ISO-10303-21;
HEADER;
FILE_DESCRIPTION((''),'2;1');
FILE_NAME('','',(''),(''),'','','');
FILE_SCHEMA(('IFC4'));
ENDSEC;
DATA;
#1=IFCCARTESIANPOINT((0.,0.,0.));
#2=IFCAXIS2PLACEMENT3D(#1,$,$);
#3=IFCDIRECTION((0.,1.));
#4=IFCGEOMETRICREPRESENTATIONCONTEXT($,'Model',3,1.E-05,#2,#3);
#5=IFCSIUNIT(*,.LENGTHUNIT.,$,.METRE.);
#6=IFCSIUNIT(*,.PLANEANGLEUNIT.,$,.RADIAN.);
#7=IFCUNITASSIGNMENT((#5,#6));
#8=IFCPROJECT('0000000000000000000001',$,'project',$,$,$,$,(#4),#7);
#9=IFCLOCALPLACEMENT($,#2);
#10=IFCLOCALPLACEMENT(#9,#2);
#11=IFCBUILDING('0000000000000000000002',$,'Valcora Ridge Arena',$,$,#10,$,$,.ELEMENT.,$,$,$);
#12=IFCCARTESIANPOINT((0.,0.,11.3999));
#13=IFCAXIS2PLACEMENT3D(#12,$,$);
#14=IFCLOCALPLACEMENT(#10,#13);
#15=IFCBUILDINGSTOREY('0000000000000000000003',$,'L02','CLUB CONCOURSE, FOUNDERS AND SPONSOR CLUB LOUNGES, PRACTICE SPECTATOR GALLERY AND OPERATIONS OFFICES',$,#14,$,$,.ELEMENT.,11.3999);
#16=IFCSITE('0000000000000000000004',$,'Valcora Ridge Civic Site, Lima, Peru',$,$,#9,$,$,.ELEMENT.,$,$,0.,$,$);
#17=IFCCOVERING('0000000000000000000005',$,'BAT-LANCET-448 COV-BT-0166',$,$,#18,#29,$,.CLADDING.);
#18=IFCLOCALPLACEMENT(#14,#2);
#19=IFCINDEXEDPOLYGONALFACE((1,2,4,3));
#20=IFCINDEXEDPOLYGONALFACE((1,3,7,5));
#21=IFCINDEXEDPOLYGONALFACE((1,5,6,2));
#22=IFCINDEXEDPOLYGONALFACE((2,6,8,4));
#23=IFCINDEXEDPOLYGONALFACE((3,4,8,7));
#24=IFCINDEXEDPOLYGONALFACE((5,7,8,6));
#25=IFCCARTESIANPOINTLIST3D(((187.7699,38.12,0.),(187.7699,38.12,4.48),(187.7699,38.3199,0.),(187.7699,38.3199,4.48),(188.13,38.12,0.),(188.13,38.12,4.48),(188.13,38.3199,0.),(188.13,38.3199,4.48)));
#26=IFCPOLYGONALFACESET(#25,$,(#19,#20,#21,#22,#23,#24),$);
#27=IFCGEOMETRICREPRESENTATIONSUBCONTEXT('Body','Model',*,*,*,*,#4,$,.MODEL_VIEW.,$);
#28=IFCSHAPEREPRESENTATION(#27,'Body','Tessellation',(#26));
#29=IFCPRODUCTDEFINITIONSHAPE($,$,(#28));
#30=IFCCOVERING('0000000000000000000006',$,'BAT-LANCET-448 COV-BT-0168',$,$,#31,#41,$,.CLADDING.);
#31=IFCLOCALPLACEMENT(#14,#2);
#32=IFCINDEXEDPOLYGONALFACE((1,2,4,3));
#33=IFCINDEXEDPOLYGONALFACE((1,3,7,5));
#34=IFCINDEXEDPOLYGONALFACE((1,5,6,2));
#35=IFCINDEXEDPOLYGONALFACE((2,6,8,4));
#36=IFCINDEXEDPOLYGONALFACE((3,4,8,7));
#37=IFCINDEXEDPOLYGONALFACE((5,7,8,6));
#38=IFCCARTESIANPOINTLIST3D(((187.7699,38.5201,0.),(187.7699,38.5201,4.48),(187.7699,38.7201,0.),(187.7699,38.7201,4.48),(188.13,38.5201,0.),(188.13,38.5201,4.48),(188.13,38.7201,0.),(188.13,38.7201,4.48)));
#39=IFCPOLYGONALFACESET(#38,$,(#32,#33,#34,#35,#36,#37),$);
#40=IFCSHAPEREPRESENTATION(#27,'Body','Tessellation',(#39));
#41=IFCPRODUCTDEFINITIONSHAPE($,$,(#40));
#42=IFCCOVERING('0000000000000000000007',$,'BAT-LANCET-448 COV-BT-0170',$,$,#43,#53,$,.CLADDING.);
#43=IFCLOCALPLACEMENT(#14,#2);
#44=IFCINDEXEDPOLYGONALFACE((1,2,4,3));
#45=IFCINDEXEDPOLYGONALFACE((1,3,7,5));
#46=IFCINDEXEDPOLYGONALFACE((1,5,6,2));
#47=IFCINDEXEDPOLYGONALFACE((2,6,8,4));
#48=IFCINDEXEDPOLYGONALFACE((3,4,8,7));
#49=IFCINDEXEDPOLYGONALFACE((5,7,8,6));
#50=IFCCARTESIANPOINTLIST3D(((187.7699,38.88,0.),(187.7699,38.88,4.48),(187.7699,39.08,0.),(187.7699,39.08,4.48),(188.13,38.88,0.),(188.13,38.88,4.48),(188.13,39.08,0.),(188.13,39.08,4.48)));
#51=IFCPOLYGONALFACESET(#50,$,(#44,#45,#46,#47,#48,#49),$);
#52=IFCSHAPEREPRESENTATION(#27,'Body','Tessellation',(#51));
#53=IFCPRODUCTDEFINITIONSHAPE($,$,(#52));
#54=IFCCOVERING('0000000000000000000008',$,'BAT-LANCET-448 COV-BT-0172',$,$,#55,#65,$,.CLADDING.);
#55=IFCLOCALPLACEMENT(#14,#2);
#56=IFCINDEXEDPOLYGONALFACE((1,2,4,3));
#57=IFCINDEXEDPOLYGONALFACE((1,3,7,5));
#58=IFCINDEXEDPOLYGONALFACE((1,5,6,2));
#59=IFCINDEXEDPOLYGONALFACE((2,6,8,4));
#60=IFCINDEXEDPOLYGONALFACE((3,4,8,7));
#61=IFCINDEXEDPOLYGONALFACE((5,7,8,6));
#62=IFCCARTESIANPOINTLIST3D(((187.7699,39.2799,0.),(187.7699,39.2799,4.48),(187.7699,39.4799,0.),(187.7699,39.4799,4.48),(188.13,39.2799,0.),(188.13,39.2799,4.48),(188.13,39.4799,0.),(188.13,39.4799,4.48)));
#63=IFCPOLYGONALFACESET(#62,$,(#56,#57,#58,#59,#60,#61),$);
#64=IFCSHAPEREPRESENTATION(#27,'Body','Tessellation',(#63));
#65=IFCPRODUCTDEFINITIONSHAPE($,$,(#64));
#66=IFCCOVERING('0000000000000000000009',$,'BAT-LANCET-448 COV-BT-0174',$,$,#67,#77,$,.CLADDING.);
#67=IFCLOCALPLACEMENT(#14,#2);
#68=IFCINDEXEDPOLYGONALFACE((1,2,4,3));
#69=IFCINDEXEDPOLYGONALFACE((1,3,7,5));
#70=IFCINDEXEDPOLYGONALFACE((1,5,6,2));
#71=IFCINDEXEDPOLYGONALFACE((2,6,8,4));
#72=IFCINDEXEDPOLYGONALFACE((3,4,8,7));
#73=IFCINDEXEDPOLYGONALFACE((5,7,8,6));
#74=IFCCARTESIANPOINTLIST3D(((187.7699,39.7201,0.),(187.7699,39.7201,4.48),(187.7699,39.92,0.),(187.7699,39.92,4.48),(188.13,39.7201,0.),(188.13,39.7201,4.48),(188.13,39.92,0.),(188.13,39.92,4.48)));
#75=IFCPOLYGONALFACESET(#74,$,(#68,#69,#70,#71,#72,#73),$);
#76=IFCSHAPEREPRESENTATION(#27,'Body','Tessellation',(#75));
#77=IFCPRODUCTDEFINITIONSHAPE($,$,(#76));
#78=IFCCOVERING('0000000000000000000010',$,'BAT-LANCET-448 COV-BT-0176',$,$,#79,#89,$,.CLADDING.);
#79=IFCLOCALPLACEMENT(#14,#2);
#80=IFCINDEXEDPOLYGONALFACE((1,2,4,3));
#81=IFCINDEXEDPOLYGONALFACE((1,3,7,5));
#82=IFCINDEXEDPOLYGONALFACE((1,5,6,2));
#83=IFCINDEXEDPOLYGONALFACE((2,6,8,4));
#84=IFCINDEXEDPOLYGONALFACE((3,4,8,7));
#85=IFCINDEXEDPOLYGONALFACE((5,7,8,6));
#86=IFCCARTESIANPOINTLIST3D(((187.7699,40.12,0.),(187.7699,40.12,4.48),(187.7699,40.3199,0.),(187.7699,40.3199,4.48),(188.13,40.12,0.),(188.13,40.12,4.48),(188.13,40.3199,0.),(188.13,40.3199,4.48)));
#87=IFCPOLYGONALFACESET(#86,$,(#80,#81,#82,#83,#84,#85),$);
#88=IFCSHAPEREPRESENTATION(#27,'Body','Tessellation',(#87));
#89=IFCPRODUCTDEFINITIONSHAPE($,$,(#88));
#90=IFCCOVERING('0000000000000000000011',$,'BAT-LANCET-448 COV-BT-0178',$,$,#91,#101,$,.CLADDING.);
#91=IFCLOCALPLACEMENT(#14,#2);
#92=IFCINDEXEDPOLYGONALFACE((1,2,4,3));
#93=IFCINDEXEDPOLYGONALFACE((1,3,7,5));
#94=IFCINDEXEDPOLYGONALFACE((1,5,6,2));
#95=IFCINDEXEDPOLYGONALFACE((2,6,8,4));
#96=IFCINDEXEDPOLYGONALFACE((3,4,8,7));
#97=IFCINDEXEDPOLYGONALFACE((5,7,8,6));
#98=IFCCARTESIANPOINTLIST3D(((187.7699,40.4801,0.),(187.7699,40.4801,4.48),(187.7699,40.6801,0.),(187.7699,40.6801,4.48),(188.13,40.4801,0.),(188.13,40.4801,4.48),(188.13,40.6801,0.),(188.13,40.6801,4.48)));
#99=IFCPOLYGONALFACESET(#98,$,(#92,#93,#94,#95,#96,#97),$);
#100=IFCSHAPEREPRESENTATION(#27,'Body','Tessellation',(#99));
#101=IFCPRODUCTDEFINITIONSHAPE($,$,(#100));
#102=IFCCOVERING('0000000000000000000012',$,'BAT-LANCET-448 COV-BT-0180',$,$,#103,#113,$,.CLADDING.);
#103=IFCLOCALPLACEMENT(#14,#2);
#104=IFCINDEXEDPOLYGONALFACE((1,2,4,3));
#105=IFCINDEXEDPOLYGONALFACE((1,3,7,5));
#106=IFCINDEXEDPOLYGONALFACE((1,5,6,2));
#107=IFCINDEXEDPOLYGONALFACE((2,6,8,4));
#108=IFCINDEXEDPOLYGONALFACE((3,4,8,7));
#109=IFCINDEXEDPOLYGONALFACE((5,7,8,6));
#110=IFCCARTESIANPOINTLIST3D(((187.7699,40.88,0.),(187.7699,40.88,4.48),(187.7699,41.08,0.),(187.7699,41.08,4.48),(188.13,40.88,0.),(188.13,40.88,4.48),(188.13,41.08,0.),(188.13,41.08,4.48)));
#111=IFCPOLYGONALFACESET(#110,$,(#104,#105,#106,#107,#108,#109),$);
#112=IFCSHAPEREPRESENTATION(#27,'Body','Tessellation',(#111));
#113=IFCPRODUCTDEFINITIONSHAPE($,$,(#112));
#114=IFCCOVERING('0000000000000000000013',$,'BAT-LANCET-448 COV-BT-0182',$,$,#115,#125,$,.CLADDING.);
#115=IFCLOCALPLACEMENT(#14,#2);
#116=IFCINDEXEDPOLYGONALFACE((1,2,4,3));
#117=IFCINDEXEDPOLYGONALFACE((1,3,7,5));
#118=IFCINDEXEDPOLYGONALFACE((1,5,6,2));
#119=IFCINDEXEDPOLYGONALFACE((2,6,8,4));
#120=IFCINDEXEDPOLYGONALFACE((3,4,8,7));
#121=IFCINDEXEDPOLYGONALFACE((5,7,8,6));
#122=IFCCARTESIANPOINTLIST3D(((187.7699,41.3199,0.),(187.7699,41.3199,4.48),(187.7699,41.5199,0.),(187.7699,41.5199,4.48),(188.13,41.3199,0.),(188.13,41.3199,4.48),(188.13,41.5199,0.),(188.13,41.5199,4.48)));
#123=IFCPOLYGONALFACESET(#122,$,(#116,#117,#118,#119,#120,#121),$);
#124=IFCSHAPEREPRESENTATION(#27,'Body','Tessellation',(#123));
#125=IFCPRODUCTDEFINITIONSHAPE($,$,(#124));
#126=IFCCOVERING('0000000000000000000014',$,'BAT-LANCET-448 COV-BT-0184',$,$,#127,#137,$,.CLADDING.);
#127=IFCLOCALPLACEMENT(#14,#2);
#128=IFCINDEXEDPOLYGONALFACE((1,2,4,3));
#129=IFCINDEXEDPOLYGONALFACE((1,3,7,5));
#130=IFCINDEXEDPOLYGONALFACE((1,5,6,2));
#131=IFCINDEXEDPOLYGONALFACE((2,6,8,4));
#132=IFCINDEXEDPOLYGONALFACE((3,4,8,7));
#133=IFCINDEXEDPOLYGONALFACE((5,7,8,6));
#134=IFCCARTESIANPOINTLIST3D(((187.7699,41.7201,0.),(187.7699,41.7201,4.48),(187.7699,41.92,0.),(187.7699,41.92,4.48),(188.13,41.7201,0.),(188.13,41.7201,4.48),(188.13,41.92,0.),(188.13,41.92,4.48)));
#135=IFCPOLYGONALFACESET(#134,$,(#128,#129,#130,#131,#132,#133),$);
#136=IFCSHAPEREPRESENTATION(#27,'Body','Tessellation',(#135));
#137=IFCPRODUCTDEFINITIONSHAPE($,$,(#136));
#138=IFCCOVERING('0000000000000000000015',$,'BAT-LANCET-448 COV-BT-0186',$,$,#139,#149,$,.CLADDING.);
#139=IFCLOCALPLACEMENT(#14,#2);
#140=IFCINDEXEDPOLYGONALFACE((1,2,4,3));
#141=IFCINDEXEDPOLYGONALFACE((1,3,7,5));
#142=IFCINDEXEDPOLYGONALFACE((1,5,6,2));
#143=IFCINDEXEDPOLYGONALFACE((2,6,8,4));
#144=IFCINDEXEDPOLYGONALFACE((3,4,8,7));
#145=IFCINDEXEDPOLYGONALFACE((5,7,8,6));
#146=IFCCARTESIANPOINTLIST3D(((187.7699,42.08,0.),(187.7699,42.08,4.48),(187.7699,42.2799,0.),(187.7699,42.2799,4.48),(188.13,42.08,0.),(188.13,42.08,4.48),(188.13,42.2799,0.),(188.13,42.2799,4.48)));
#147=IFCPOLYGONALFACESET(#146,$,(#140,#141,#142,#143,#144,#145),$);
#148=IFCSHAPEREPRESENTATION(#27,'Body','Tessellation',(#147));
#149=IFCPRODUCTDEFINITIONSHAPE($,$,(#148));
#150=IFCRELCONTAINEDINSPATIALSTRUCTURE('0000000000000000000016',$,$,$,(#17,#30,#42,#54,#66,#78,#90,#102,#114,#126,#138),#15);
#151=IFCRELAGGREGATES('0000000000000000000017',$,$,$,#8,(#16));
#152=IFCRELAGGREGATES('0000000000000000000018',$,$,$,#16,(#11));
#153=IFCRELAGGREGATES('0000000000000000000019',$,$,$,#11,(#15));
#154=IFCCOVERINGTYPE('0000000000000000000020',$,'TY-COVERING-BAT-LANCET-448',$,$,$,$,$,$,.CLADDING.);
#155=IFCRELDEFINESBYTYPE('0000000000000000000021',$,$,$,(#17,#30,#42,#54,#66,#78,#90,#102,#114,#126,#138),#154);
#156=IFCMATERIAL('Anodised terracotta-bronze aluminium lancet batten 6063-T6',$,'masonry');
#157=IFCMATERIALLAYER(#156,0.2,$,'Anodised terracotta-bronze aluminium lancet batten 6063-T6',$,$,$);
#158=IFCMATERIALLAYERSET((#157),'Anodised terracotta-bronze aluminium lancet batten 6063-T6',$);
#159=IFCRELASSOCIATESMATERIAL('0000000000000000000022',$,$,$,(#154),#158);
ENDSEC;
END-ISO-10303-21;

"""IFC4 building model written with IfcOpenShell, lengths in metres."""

from ifc_helpers import new_model, si_unit, direction, frame, origin, origin_2d, place, context, subcontext, project, spatial, rectangle, extrude, material, layer, layer_set, type_object, element, save


model = new_model("IFC4")

# Units and contexts
model_context = context("Model", 3, precision=1e-05, world=origin(), true_north=direction((0.0, 1.0)))
body_context = subcontext(model_context, "Body", "Model", "MODEL_VIEW")
ifc_project = project(units=[si_unit("LENGTHUNIT", "METRE"), si_unit("PLANEANGLEUNIT", "RADIAN")], contexts=[model_context])

# Site, building, storey
site_placement = place(None, origin())
site = spatial("IfcSite", under=ifc_project, at=site_placement, Name="Valcora Ridge Civic Site, Lima, Peru", CompositionType="ELEMENT", RefElevation=0.0)
building_placement = place(site_placement, origin())
building = spatial("IfcBuilding", under=site, at=building_placement, Name="Valcora Ridge Arena", CompositionType="ELEMENT")
storey_placement = place(building_placement, frame((0.0, 0.0, 11.3999)))
storey = spatial("IfcBuildingStorey", under=building, at=storey_placement, Name="L02", Description="CLUB CONCOURSE, FOUNDERS AND SPONSOR CLUB LOUNGES, PRACTICE SPECTATOR GALLERY AND OPERATIONS OFFICES", CompositionType="ELEMENT", Elevation=11.3999)

# Coverings
ifc_material_1 = material(Name="Anodised terracotta-bronze aluminium lancet batten 6063-T6", Category="masonry")
ifc_layer_1 = layer(ifc_material_1, 0.2, Name="Anodised terracotta-bronze aluminium lancet batten 6063-T6")
ifc_layer_set_1 = layer_set([ifc_layer_1], Name="Anodised terracotta-bronze aluminium lancet batten 6063-T6")
covering_type = type_object("IfcCoveringType", Name="TY-COVERING-BAT-LANCET-448", PredefinedType="CLADDING", material=ifc_layer_set_1)
for number, where, z_axis, x_axis, name in (
    (1, (187.95, 38.22, 0.0), (0.0, 0.0, 1.0), (1.0, 0.0, 0.0), "BAT-LANCET-448 COV-BT-0166"),
    (2, (187.95, 38.6201, 0.0), (0.0, 0.0, 1.0), (1.0, 0.0, 0.0), "BAT-LANCET-448 COV-BT-0168"),
    (3, (187.95, 38.98, 0.0), (0.0, 0.0, 1.0), (1.0, 0.0, 0.0), "BAT-LANCET-448 COV-BT-0170"),
    (4, (187.95, 39.3799, 0.0), (0.0, 0.0, 1.0), (1.0, 0.0, 0.0), "BAT-LANCET-448 COV-BT-0172"),
    (5, (187.95, 39.8201, 0.0), (0.0, 0.0, 1.0), (1.0, 0.0, 0.0), "BAT-LANCET-448 COV-BT-0174"),
    (6, (187.95, 40.22, 0.0), (0.0, 0.0, 1.0), (1.0, 0.0, 0.0), "BAT-LANCET-448 COV-BT-0176"),
    (7, (187.95, 40.5801, 0.0), (0.0, 0.0, 1.0), (1.0, 0.0, 0.0), "BAT-LANCET-448 COV-BT-0178"),
    (8, (187.95, 40.98, 0.0), (0.0, 0.0, 1.0), (1.0, 0.0, 0.0), "BAT-LANCET-448 COV-BT-0180"),
    (9, (187.95, 41.4199, 0.0), (0.0, 0.0, 1.0), (1.0, 0.0, 0.0), "BAT-LANCET-448 COV-BT-0182"),
    (10, (187.95, 41.8201, 0.0), (0.0, 0.0, 1.0), (1.0, 0.0, 0.0), "BAT-LANCET-448 COV-BT-0184"),
    (11, (187.95, 42.1799, 0.0), (0.0, 0.0, 1.0), (1.0, 0.0, 0.0), "BAT-LANCET-448 COV-BT-0186"),
):
    element("IfcCovering", number, at=place(storey_placement, frame(where, z_axis=z_axis, x_axis=x_axis)), inside=storey, type_object=covering_type, Name=name, PredefinedType="CLADDING", context=body_context, shape_type="SweptSolid", body=[
        extrude(rectangle(XDim=0.3601, YDim=0.2, at=origin_2d()), origin(), (0.0, 0.0, 1.0), 4.48),
    ])

save(model, "model.ifc")
